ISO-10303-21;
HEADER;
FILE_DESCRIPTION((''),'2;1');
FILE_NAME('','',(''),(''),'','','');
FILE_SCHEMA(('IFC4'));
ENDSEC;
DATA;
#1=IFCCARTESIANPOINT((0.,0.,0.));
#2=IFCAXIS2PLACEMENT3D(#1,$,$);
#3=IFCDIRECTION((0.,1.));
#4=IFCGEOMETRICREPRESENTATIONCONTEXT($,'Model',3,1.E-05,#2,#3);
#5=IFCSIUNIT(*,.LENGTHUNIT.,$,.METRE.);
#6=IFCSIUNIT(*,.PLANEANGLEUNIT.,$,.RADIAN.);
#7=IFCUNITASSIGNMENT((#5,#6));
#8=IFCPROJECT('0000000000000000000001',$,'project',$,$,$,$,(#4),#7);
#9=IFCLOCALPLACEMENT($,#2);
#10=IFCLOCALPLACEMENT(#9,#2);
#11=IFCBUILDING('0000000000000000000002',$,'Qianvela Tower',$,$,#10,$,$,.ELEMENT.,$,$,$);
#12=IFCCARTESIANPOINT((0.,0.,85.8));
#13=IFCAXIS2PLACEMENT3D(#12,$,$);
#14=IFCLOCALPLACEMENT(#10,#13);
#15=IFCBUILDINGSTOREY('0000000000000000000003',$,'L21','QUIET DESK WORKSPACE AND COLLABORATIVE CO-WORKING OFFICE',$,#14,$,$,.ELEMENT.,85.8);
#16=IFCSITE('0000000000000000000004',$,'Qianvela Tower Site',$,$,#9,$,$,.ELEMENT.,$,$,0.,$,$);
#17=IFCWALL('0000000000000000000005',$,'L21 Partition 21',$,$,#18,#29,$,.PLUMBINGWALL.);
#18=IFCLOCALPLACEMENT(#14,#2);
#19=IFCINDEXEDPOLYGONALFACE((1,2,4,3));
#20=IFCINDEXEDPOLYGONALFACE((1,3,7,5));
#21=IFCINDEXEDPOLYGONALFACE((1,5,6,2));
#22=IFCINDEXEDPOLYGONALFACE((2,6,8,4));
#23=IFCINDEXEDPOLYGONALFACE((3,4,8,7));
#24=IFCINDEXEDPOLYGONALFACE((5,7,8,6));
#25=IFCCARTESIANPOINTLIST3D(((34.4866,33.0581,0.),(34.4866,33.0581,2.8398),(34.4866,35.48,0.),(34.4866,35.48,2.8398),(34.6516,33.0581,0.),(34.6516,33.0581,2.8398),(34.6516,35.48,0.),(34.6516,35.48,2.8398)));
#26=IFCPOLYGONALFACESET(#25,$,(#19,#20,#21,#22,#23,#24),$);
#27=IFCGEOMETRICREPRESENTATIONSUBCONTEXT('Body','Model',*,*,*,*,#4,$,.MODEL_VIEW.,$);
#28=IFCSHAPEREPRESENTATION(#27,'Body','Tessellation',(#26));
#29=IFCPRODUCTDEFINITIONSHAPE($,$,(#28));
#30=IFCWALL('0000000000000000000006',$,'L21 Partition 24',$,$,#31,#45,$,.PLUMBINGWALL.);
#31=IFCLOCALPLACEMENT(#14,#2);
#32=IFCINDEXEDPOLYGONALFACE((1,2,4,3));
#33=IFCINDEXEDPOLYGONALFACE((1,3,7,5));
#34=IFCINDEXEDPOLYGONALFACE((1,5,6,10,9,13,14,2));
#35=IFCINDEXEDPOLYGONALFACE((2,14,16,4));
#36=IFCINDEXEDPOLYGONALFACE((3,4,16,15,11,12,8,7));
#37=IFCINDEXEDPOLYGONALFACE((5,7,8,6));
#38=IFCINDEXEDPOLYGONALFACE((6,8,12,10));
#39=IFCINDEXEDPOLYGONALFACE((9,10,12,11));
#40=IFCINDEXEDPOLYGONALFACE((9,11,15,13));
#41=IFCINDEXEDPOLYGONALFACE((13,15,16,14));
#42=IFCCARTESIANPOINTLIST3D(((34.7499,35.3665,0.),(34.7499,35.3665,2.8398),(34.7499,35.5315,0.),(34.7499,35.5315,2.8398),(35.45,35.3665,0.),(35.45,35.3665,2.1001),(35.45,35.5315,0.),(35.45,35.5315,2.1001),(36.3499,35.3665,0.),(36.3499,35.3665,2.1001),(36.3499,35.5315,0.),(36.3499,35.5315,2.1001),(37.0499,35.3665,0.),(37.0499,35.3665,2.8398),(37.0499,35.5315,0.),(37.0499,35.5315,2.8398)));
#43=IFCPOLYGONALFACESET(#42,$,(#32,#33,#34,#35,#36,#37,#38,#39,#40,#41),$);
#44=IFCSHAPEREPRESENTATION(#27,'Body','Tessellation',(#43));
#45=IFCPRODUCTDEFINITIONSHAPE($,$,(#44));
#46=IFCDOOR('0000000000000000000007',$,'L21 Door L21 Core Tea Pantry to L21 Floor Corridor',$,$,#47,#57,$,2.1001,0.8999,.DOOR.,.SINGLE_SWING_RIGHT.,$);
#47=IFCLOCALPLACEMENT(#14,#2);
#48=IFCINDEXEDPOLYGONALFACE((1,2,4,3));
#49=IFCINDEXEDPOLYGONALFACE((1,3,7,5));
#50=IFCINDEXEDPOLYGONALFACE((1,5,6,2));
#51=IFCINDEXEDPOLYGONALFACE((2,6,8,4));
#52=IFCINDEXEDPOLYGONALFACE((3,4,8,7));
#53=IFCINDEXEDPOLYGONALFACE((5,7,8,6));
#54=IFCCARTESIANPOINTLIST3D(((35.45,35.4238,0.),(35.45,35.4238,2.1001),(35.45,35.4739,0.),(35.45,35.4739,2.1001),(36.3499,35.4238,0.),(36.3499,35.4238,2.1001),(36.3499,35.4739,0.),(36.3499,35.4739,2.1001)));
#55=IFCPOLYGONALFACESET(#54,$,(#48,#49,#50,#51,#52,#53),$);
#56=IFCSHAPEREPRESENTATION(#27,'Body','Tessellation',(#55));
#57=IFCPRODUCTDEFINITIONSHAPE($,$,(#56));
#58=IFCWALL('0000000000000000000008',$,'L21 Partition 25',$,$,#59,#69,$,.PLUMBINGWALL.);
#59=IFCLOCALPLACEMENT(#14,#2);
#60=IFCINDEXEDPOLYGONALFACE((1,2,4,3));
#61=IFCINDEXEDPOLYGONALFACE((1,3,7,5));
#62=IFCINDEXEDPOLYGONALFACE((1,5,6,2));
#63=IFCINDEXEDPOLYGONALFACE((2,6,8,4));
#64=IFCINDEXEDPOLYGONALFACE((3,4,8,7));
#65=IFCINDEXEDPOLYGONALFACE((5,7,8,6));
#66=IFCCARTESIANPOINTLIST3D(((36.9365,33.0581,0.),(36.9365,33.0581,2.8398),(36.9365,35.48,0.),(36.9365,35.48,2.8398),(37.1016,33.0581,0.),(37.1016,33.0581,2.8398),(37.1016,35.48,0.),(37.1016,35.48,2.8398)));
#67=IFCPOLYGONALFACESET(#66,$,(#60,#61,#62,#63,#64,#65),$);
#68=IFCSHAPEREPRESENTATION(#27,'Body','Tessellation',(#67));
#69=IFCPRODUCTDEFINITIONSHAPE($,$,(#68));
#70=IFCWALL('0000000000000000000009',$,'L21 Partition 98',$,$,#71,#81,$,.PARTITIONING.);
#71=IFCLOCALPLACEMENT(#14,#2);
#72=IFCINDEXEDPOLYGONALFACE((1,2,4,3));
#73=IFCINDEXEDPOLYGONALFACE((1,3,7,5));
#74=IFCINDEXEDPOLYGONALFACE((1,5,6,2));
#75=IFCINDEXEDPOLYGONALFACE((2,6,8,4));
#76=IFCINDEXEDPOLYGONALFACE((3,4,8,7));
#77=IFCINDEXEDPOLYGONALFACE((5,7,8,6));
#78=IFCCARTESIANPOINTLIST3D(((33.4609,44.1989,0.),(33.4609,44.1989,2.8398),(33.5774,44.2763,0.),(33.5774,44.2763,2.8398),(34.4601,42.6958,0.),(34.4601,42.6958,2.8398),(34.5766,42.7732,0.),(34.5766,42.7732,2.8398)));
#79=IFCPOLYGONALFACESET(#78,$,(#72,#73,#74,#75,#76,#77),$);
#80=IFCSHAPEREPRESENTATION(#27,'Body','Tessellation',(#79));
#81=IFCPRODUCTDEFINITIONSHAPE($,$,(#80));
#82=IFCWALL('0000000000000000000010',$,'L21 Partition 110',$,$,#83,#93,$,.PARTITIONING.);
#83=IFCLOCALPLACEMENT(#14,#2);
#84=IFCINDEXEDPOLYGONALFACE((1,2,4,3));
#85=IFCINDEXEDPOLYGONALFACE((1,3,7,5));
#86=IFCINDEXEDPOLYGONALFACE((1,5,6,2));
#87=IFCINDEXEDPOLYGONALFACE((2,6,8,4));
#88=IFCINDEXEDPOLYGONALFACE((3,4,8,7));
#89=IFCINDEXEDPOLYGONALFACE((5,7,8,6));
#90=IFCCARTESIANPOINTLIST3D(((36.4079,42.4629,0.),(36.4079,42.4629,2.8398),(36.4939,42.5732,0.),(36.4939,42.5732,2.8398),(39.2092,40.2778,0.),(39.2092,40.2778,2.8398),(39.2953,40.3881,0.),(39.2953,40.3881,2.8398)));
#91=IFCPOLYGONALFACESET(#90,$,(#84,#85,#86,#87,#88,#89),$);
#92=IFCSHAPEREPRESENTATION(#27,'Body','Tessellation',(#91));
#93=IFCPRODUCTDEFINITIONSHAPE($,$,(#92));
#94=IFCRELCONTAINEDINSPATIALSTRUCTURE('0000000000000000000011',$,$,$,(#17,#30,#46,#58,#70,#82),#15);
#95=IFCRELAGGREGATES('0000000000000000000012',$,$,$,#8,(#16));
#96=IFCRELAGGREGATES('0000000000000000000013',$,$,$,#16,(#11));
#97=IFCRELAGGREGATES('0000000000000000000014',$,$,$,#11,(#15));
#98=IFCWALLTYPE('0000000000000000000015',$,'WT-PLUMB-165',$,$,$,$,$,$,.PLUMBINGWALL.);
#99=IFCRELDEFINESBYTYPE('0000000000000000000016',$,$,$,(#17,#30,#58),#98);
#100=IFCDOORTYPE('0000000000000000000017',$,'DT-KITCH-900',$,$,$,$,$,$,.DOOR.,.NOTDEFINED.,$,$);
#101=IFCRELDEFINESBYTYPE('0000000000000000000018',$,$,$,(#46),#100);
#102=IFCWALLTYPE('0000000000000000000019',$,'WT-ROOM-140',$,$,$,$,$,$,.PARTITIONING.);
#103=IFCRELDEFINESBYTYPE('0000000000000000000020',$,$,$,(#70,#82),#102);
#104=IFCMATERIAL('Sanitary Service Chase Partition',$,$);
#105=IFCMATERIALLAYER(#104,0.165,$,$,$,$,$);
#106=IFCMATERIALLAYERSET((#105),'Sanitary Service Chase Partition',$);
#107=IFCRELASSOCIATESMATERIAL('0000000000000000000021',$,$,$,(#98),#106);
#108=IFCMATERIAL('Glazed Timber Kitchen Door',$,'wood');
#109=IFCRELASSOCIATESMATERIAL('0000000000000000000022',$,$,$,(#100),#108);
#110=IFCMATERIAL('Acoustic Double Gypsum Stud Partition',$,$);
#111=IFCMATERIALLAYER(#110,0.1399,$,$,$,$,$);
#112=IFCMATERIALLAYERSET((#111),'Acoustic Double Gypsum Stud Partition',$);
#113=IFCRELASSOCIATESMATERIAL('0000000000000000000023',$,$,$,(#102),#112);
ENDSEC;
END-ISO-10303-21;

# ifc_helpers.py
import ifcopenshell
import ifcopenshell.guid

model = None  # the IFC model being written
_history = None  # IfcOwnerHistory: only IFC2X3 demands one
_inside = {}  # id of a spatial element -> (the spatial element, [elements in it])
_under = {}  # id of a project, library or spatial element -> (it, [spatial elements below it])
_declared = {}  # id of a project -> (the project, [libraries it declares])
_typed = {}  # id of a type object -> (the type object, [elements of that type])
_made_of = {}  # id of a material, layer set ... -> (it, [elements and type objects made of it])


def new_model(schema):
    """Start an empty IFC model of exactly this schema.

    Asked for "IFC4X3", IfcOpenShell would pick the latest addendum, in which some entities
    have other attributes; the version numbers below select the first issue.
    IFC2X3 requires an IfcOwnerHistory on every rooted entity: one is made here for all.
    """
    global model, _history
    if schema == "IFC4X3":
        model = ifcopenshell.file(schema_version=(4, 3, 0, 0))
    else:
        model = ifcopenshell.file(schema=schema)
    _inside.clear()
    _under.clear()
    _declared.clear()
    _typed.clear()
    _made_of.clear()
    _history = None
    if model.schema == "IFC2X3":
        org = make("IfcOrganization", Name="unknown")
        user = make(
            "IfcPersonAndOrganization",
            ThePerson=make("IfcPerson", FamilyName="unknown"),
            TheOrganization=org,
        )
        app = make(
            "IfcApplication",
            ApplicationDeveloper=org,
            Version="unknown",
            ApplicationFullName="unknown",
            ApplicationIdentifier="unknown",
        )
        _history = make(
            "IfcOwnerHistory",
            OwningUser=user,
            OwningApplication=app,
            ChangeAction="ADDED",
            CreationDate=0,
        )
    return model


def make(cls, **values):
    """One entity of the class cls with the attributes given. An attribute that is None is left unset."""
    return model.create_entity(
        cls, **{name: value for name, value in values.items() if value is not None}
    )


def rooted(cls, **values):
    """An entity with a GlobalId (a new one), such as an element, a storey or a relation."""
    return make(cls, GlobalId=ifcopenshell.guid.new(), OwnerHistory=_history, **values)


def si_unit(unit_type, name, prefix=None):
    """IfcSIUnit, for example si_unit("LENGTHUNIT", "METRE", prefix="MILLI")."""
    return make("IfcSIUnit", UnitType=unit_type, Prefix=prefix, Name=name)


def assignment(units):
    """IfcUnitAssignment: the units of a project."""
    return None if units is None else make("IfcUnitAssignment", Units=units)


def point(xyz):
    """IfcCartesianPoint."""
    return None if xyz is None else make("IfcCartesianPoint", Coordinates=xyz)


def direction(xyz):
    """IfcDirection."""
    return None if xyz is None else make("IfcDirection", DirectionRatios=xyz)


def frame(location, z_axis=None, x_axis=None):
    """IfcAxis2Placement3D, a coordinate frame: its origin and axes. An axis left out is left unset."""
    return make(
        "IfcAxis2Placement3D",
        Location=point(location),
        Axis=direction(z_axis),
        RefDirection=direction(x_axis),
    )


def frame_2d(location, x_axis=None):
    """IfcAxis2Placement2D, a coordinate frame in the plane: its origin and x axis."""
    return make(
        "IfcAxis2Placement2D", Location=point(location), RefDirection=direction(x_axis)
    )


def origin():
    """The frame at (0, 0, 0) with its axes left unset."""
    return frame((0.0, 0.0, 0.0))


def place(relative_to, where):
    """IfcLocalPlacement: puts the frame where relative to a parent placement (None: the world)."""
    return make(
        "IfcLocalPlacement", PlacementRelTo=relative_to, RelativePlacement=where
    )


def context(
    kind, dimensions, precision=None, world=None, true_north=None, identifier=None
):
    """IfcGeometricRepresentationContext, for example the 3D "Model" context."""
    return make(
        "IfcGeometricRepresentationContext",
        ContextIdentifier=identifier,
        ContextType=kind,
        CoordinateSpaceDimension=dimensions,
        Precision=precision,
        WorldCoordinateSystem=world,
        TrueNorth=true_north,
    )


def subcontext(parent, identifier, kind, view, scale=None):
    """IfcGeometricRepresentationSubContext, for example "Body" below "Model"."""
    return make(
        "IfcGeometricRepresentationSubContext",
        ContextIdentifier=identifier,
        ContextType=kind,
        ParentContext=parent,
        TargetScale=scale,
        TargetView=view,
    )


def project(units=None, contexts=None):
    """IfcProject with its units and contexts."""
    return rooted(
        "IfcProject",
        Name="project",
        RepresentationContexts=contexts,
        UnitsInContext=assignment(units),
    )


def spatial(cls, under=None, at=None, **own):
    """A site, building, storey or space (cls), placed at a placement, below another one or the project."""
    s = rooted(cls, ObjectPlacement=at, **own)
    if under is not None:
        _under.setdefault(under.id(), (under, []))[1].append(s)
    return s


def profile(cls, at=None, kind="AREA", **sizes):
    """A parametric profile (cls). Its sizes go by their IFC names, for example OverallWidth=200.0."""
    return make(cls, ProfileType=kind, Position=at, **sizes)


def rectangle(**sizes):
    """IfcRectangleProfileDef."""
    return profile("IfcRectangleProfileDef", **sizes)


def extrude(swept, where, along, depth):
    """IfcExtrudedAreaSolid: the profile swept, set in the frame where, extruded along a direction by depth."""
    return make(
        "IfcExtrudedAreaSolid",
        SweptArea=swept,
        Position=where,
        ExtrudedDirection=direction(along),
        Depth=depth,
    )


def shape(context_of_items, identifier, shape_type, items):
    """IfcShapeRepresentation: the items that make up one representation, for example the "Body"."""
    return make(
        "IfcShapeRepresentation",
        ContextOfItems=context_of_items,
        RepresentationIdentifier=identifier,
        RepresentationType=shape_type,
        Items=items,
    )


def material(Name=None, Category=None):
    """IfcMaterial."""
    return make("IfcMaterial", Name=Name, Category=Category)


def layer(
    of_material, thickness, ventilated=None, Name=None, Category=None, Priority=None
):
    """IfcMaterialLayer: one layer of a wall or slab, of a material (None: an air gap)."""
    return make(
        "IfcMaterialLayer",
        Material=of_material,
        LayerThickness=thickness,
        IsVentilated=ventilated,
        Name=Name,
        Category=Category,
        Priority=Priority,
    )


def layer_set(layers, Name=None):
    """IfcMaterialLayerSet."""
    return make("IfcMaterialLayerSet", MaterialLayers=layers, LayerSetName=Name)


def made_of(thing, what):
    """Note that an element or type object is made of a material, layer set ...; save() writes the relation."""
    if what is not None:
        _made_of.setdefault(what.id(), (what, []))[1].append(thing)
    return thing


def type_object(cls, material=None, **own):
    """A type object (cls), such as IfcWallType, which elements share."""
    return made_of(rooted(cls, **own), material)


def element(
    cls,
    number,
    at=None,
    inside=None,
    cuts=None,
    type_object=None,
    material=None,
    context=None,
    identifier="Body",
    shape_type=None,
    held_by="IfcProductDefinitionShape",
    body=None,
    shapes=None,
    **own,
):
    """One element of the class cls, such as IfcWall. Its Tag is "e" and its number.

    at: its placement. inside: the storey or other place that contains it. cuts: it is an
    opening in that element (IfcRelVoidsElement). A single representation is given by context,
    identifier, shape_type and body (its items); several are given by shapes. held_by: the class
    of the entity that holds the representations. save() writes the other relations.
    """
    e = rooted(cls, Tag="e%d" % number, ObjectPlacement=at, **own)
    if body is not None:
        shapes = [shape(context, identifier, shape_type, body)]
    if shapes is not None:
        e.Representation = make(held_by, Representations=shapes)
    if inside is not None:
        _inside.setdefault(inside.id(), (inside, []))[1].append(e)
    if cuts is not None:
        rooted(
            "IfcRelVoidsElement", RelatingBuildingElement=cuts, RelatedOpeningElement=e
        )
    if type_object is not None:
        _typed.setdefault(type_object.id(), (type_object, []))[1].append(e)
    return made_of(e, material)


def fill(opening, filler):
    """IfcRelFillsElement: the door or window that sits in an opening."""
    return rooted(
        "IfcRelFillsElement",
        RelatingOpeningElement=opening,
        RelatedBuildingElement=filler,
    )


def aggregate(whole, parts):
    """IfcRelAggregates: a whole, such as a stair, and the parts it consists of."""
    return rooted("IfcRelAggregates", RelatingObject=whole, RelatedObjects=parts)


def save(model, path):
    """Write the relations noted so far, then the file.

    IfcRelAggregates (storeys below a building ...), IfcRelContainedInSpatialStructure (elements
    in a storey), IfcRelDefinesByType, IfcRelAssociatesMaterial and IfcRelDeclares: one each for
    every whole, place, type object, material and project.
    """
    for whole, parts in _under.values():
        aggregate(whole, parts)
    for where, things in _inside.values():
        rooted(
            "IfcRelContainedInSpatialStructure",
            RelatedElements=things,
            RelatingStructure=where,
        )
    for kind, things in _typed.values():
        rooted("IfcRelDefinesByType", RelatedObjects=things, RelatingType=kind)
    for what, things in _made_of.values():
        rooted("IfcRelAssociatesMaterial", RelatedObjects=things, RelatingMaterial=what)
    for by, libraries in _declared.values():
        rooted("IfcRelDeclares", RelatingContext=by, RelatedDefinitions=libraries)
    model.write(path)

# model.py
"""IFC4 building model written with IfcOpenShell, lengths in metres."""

from ifc_helpers import new_model, si_unit, direction, frame, frame_2d, origin, place, context, subcontext, project, spatial, rectangle, extrude, material, layer, layer_set, type_object, element, fill, save


model = new_model("IFC4")

# Units and contexts
model_context = context("Model", 3, precision=1e-05, world=origin(), true_north=direction((0.0, 1.0)))
body_context = subcontext(model_context, "Body", "Model", "MODEL_VIEW")
ifc_project = project(units=[si_unit("LENGTHUNIT", "METRE"), si_unit("PLANEANGLEUNIT", "RADIAN")], contexts=[model_context])

# Site, building, storey
site_placement = place(None, origin())
site = spatial("IfcSite", under=ifc_project, at=site_placement, Name="Qianvela Tower Site", CompositionType="ELEMENT", RefElevation=0.0)
building_placement = place(site_placement, origin())
building = spatial("IfcBuilding", under=site, at=building_placement, Name="Qianvela Tower", CompositionType="ELEMENT")
storey_placement = place(building_placement, frame((0.0, 0.0, 85.8)))
storey = spatial("IfcBuildingStorey", under=building, at=storey_placement, Name="L21", Description="QUIET DESK WORKSPACE AND COLLABORATIVE CO-WORKING OFFICE", CompositionType="ELEMENT", Elevation=85.8)

# Wall
ifc_material_1 = material(Name="Sanitary Service Chase Partition")
ifc_layer_1 = layer(ifc_material_1, 0.165)
ifc_layer_set_1 = layer_set([ifc_layer_1], Name="Sanitary Service Chase Partition")
wall_type_1 = type_object("IfcWallType", Name="WT-PLUMB-165", PredefinedType="PLUMBINGWALL", material=ifc_layer_set_1)
wall_1_placement = place(storey_placement, frame((34.5691, 35.48, 0.0), z_axis=(0.0, 0.0, 1.0), x_axis=(0.0, -1.0, 0.0)))
element("IfcWall", 1, at=wall_1_placement, inside=storey, type_object=wall_type_1, Name="L21 Partition 21", PredefinedType="PLUMBINGWALL", context=body_context, shape_type="SweptSolid", body=[
    extrude(rectangle(XDim=2.4219, YDim=0.165, at=frame_2d((1.2109, 0.0))), origin(), (0.0, 0.0, 1.0), 2.8398),
])

# Wall, opening, door
wall_2_placement = place(storey_placement, frame((34.75, 35.449, 0.0), z_axis=(0.0, 0.0, 1.0), x_axis=(1.0, 0.0, 0.0)))
wall_2 = element("IfcWall", 2, at=wall_2_placement, inside=storey, type_object=wall_type_1, Name="L21 Partition 24", PredefinedType="PLUMBINGWALL", context=body_context, shape_type="SweptSolid", body=[
    extrude(rectangle(XDim=2.3, YDim=0.165, at=frame_2d((1.1499, 0.0))), origin(), (0.0, 0.0, 1.0), 2.8398),
])
opening_1_placement = place(wall_2_placement, frame((0.7, 0.0, 0.0)))
opening_1 = element("IfcOpeningElement", 3, at=opening_1_placement, cuts=wall_2, PredefinedType="OPENING", context=body_context, shape_type="SweptSolid", body=[
    extrude(rectangle(XDim=0.8999, YDim=2.1001, at=frame_2d((0.45, 1.05))), frame((0.0, 0.0925, 0.0), z_axis=(0.0, -1.0, 0.0), x_axis=(1.0, 0.0, 0.0)), (0.0, 0.0, 1.0), 0.1851),
])
ifc_material_2 = material(Name="Glazed Timber Kitchen Door", Category="wood")
door_type_1 = type_object("IfcDoorType", Name="DT-KITCH-900", OperationType="NOTDEFINED", PredefinedType="DOOR", material=ifc_material_2)
door_1_placement = place(opening_1_placement, origin())
door_1 = element("IfcDoor", 4, at=door_1_placement, inside=storey, type_object=door_type_1, Name="L21 Door L21 Core Tea Pantry to L21 Floor Corridor", OperationType="SINGLE_SWING_RIGHT", OverallHeight=2.1001, OverallWidth=0.8999, PredefinedType="DOOR", context=body_context, shape_type="SweptSolid", body=[
    extrude(rectangle(XDim=0.8999, YDim=2.1001, at=frame_2d((0.45, 1.05))), frame((0.0, 0.0249, 0.0), z_axis=(0.0, -1.0, 0.0), x_axis=(1.0, 0.0, 0.0)), (0.0, 0.0, 1.0), 0.05),
])
fill(opening_1, door_1)

# Walls
wall_3_placement = place(storey_placement, frame((37.019, 35.48, 0.0), z_axis=(0.0, 0.0, 1.0), x_axis=(0.0, -1.0, 0.0)))
element("IfcWall", 5, at=wall_3_placement, inside=storey, type_object=wall_type_1, Name="L21 Partition 25", PredefinedType="PLUMBINGWALL", context=body_context, shape_type="SweptSolid", body=[
    extrude(rectangle(XDim=2.4219, YDim=0.165, at=frame_2d((1.2109, 0.0))), origin(), (0.0, 0.0, 1.0), 2.8398),
])
ifc_material_3 = material(Name="Acoustic Double Gypsum Stud Partition")
ifc_layer_2 = layer(ifc_material_3, 0.1399)
ifc_layer_set_2 = layer_set([ifc_layer_2], Name="Acoustic Double Gypsum Stud Partition")
wall_type_2 = type_object("IfcWallType", Name="WT-ROOM-140", PredefinedType="PARTITIONING", material=ifc_layer_set_2)
wall_4_placement = place(storey_placement, frame((34.5183, 42.7346, 0.0), z_axis=(0.0, 0.0, 1.0), x_axis=(-0.553607, 0.832778, 0.0)))
element("IfcWall", 6, at=wall_4_placement, inside=storey, type_object=wall_type_2, Name="L21 Partition 98", PredefinedType="PARTITIONING", context=body_context, shape_type="SweptSolid", body=[
    extrude(rectangle(XDim=1.8049, YDim=0.1399, at=frame_2d((0.9023, 0.0))), origin(), (0.0, 0.0, 1.0), 2.8398),
])
wall_5_placement = place(storey_placement, frame((36.4509, 42.5181, 0.0), z_axis=(0.0, 0.0, 1.0), x_axis=(0.788493, -0.615044, 0.0)))
element("IfcWall", 7, at=wall_5_placement, inside=storey, type_object=wall_type_2, Name="L21 Partition 110", PredefinedType="PARTITIONING", context=body_context, shape_type="SweptSolid", body=[
    extrude(rectangle(XDim=3.5527, YDim=0.1399, at=frame_2d((1.7764, 0.0))), origin(), (0.0, 0.0, 1.0), 2.8398),
])

save(model, "model.ifc")
